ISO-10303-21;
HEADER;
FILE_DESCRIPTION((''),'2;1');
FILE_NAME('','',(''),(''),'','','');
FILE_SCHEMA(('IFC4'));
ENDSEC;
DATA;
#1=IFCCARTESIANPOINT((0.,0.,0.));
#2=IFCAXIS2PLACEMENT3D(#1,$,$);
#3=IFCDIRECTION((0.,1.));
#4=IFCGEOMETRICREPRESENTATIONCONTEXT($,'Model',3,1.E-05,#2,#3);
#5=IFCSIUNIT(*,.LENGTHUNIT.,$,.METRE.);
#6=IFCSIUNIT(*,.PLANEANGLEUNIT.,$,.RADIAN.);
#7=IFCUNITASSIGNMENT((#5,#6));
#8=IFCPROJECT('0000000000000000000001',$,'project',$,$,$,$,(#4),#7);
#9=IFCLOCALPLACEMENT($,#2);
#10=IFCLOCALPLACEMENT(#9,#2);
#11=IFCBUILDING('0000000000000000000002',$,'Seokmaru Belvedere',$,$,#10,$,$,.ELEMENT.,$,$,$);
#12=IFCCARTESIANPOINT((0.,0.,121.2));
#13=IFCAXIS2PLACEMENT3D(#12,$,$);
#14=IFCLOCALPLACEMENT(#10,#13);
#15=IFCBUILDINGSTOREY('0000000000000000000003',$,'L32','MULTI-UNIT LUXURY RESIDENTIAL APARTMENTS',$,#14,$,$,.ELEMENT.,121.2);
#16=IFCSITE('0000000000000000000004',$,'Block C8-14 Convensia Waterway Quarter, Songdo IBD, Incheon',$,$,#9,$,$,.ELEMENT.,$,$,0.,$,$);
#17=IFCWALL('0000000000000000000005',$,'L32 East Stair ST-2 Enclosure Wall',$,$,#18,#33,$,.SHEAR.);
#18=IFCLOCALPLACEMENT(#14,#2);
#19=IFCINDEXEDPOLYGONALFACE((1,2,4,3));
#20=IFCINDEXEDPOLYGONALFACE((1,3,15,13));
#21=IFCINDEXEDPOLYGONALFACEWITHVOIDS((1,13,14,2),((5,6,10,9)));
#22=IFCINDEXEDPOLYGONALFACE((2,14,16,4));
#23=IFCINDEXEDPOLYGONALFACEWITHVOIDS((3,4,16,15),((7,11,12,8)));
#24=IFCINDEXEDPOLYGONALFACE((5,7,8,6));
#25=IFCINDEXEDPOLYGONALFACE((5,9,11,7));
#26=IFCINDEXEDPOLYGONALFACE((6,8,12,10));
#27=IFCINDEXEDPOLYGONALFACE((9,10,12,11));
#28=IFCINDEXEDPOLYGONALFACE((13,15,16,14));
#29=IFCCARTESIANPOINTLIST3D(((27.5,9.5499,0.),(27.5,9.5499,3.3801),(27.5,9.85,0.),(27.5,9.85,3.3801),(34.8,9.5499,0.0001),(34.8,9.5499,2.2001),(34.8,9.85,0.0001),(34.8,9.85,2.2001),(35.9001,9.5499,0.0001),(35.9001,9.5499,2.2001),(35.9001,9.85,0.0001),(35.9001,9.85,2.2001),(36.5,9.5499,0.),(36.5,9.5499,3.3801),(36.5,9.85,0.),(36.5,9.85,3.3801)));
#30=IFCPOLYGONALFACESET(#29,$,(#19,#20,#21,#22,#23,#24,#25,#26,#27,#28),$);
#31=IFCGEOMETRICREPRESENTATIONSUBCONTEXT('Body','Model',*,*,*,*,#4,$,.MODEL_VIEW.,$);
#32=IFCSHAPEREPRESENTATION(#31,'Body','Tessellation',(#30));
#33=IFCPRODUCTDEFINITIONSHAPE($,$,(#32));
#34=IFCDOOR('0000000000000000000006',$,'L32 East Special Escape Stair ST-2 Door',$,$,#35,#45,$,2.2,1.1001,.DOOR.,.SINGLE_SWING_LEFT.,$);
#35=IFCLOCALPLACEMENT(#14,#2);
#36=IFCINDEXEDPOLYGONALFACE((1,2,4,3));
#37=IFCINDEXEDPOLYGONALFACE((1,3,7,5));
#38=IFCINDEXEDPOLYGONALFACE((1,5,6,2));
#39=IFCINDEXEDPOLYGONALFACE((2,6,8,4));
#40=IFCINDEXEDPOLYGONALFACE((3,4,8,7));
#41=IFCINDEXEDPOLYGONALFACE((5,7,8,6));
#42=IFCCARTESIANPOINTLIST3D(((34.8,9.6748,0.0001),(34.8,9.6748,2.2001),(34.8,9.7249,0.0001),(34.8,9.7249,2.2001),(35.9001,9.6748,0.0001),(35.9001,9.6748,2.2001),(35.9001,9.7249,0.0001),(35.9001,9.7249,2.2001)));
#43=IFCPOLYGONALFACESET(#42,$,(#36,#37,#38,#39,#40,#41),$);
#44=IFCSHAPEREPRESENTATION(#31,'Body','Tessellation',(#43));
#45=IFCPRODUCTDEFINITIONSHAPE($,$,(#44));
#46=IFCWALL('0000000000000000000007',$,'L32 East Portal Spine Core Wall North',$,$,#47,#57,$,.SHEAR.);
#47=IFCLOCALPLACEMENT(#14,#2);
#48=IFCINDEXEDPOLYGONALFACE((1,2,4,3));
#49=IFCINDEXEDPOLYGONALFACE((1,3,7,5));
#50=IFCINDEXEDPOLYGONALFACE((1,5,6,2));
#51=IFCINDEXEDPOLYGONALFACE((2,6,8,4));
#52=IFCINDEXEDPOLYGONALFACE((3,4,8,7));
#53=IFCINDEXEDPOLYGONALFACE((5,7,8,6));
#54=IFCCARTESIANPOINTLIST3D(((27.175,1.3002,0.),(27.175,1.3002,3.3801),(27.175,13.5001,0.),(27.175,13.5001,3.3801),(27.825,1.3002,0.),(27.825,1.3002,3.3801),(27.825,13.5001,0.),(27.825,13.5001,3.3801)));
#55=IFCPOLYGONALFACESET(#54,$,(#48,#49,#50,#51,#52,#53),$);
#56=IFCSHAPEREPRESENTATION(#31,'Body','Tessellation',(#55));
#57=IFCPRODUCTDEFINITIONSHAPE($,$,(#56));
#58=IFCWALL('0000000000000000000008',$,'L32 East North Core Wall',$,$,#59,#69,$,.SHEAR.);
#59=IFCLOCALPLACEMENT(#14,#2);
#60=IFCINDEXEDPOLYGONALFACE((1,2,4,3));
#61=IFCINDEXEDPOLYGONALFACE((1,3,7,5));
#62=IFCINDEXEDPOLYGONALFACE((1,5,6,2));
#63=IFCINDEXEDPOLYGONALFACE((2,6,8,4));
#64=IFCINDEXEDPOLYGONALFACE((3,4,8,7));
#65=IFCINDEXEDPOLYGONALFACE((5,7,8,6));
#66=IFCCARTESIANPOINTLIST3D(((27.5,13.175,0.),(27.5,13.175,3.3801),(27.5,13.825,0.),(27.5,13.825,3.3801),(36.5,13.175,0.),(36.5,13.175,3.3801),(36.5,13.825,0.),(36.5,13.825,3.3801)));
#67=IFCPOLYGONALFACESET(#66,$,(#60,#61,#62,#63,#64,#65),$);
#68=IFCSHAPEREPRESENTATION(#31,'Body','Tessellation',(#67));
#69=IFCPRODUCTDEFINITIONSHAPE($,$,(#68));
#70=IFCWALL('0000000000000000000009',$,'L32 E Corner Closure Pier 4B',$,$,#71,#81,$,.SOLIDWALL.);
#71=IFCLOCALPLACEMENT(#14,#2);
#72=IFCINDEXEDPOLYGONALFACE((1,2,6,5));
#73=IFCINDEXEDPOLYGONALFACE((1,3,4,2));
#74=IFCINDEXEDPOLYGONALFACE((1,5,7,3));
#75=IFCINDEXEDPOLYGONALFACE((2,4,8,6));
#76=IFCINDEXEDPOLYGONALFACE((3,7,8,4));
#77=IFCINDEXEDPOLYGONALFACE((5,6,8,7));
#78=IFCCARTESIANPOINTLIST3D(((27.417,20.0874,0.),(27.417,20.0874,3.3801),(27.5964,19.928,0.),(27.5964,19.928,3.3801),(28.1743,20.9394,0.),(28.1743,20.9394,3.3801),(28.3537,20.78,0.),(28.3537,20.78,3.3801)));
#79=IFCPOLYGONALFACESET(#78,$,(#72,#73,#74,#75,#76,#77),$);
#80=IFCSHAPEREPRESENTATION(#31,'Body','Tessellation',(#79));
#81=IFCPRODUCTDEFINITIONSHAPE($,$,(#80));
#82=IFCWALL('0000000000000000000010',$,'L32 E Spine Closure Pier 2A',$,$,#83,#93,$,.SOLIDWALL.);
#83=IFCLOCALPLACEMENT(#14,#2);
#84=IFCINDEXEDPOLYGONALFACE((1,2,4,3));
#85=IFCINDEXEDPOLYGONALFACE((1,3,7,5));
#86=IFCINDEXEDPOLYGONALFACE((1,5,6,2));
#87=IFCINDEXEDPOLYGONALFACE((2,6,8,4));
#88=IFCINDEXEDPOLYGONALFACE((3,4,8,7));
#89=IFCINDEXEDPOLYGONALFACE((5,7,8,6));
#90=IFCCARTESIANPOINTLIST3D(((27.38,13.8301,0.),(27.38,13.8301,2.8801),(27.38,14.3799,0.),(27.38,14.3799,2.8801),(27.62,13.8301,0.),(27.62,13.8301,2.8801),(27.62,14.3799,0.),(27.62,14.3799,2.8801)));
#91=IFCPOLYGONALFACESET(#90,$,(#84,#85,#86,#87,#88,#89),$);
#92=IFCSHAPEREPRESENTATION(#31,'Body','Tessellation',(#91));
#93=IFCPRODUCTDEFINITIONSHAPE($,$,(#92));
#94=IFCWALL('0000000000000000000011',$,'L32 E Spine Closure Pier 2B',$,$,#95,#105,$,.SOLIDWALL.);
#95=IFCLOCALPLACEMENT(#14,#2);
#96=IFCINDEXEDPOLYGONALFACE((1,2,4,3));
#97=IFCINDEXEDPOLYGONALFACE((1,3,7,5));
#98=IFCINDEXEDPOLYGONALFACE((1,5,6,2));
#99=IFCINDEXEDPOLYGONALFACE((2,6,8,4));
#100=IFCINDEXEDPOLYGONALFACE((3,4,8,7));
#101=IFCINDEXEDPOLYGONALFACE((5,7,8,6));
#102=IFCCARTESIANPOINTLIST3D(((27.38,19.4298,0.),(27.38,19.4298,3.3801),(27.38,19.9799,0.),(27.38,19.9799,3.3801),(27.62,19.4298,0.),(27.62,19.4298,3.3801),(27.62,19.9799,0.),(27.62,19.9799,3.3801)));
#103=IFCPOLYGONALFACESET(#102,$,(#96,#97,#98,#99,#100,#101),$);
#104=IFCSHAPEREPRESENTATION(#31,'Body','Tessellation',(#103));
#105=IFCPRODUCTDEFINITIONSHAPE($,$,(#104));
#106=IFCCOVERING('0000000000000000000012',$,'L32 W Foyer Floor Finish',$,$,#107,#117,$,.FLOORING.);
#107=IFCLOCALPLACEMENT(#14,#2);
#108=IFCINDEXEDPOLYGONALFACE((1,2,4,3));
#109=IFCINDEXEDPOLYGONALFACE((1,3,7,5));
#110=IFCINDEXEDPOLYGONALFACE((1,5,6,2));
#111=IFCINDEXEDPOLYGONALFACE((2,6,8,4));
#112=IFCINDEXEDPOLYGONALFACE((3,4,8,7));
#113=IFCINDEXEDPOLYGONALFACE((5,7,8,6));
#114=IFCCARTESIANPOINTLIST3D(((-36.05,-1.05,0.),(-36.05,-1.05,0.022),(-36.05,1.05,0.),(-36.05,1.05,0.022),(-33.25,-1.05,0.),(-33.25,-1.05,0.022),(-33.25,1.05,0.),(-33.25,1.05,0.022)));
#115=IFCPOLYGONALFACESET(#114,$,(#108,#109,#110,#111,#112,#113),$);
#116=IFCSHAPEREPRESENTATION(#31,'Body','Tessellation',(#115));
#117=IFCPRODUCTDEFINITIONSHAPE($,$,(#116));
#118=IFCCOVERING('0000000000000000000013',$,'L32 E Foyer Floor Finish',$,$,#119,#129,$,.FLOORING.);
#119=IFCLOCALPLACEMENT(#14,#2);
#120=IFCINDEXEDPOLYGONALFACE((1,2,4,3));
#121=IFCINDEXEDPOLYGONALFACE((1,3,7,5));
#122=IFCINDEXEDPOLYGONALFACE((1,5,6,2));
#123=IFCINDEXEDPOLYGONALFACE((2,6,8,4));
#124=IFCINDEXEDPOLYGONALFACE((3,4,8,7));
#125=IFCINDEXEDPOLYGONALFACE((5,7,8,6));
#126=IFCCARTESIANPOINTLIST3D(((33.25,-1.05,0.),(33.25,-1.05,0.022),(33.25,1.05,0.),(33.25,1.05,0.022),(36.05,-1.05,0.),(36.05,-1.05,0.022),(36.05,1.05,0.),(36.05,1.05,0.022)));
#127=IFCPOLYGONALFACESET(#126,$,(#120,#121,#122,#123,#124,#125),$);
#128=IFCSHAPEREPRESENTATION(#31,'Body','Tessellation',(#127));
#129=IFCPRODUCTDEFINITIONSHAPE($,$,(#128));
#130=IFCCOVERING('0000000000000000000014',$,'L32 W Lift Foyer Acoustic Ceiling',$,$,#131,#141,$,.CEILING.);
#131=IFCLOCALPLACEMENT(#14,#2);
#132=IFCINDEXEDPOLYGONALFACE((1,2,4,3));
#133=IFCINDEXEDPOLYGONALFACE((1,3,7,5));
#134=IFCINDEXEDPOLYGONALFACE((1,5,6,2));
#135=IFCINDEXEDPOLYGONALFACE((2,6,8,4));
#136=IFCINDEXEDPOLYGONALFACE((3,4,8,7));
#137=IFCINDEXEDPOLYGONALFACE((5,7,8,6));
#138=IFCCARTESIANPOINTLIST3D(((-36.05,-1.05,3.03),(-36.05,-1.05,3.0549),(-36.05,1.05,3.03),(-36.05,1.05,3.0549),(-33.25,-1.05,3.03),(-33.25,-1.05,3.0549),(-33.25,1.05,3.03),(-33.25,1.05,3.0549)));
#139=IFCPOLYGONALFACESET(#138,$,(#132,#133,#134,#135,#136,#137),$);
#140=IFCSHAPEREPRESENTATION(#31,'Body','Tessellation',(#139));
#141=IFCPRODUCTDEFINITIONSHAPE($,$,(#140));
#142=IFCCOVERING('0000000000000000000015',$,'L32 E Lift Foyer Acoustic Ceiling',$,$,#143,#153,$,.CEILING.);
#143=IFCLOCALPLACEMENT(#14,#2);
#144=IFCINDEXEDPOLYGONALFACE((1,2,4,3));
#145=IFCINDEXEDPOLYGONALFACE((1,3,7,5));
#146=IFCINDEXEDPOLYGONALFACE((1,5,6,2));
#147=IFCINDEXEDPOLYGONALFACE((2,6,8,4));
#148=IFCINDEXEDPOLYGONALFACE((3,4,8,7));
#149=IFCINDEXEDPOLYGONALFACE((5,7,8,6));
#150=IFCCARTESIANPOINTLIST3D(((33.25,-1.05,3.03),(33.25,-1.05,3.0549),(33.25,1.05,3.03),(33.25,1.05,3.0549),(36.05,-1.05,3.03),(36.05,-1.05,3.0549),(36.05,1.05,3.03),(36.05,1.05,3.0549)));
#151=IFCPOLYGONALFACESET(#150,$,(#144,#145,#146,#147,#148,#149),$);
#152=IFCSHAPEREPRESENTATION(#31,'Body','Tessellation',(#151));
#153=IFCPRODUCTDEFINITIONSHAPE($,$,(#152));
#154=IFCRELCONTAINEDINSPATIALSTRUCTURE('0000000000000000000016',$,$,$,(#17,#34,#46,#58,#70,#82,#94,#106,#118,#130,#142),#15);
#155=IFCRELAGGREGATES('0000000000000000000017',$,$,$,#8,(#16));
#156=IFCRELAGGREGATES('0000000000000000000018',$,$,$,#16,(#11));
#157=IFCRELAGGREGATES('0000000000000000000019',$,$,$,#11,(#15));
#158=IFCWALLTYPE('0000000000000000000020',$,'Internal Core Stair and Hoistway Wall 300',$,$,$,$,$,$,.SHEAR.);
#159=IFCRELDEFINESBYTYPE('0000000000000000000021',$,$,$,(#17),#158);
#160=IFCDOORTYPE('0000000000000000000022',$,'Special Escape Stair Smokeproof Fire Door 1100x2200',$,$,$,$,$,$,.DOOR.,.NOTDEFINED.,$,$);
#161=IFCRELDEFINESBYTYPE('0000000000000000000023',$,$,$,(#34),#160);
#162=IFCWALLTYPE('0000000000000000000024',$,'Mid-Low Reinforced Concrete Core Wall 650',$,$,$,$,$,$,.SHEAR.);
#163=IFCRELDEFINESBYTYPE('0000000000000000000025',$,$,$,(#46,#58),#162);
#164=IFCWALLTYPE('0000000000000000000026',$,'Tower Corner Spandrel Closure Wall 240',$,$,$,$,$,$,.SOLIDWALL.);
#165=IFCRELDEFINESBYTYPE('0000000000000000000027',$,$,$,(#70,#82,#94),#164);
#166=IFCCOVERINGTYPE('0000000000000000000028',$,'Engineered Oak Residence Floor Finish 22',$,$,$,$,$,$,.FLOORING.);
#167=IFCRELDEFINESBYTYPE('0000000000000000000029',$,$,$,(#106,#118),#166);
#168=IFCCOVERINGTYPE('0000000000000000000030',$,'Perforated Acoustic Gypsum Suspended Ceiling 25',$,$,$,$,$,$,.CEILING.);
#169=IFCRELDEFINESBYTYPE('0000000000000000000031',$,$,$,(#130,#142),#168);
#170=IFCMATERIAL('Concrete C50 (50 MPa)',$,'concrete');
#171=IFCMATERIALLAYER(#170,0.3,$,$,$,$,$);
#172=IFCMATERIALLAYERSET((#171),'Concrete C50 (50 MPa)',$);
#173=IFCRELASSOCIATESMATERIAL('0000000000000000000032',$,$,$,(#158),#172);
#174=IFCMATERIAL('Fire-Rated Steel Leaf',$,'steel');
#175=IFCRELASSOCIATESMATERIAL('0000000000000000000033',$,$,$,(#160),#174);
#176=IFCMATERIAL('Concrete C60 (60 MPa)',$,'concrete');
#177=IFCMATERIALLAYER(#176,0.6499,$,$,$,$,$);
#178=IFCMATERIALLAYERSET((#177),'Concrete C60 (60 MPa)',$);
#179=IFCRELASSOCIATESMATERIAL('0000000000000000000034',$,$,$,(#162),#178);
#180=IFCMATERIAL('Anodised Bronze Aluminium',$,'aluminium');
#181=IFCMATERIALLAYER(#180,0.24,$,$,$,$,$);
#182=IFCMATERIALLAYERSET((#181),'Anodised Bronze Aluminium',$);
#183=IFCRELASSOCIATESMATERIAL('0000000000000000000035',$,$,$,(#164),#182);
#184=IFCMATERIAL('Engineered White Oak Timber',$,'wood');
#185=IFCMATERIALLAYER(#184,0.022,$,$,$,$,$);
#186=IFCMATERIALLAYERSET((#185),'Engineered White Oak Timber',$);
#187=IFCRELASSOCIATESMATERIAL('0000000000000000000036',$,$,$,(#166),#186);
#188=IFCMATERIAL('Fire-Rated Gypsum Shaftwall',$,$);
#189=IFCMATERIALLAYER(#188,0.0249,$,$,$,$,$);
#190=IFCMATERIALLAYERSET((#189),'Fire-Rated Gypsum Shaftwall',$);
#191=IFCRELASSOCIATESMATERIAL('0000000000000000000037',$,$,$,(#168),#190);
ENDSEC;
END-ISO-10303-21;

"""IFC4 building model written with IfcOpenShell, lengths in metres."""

from ifc_helpers import new_model, si_unit, direction, frame, frame_2d, origin, place, context, subcontext, project, spatial, polyline, rectangle, outline, extrude, source, transform, mapped, material, layer, layer_set, type_object, type_shapes, element, fill, save


model = new_model("IFC4")

# Units and contexts
model_context = context("Model", 3, precision=1e-05, world=origin(), true_north=direction((0.0, 1.0)))
body_context = subcontext(model_context, "Body", "Model", "MODEL_VIEW")
ifc_project = project(units=[si_unit("LENGTHUNIT", "METRE"), si_unit("PLANEANGLEUNIT", "RADIAN")], contexts=[model_context])

# Site, building, storey
site_placement = place(None, origin())
site = spatial("IfcSite", under=ifc_project, at=site_placement, Name="Block C8-14 Convensia Waterway Quarter, Songdo IBD, Incheon", CompositionType="ELEMENT", RefElevation=0.0)
building_placement = place(site_placement, origin())
building = spatial("IfcBuilding", under=site, at=building_placement, Name="Seokmaru Belvedere", CompositionType="ELEMENT")
storey_placement = place(building_placement, frame((0.0, 0.0, 121.2)))
storey = spatial("IfcBuildingStorey", under=building, at=storey_placement, Name="L32", Description="MULTI-UNIT LUXURY RESIDENTIAL APARTMENTS", CompositionType="ELEMENT", Elevation=121.2)

# Shared definitions
ifc_material_1 = material(Name="Anodised Bronze Aluminium", Category="aluminium")

# Shared definitions
ifc_material_2 = material(Name="Concrete C50 (50 MPa)", Category="concrete")

# Wall, opening, door
ifc_layer_1 = layer(ifc_material_2, 0.3)
ifc_layer_set_1 = layer_set([ifc_layer_1], Name="Concrete C50 (50 MPa)")
wall_type_1 = type_object("IfcWallType", Name="Internal Core Stair and Hoistway Wall 300", PredefinedType="SHEAR", material=ifc_layer_set_1)
wall_1_placement = place(storey_placement, frame((27.5, 9.7, 0.0), z_axis=(0.0, 0.0, 1.0), x_axis=(1.0, 0.0, 0.0)))
wall_1 = element("IfcWall", 1, at=wall_1_placement, inside=storey, type_object=wall_type_1, Name="L32 East Stair ST-2 Enclosure Wall", PredefinedType="SHEAR", context=body_context, shape_type="SweptSolid", body=[
    extrude(rectangle(XDim=9.0, YDim=0.3, at=frame_2d((4.5, 0.0))), origin(), (0.0, 0.0, 1.0), 3.3801),
])
opening_placement = place(wall_1_placement, frame((7.3, 0.0, 0.0)))
opening = element("IfcOpeningElement", 2, at=opening_placement, cuts=wall_1, PredefinedType="OPENING", context=body_context, shape_type="SweptSolid", body=[
    extrude(rectangle(XDim=1.1001, YDim=2.2, at=frame_2d((0.55, 1.1001))), frame((0.0, 0.1602, 0.0), z_axis=(0.0, -1.0, 0.0), x_axis=(1.0, 0.0, 0.0)), (0.0, 0.0, 1.0), 0.3201),
])
ifc_material_3 = material(Name="Fire-Rated Steel Leaf", Category="steel")
door_type = type_object("IfcDoorType", Name="Special Escape Stair Smokeproof Fire Door 1100x2200", OperationType="NOTDEFINED", PredefinedType="DOOR", material=ifc_material_3)
shared_shape_1 = source(origin(), body_context, "Body", "SweptSolid", [
    extrude(rectangle(XDim=1.1001, YDim=2.2, at=frame_2d((0.55, 1.1001))), frame((0.0, 0.0249, 0.0), z_axis=(0.0, -1.0, 0.0), x_axis=(1.0, 0.0, 0.0)), (0.0, 0.0, 1.0), 0.05),
])
type_shapes(door_type, [shared_shape_1])
door_placement = place(opening_placement, origin())
door = element("IfcDoor", 3, at=door_placement, inside=storey, type_object=door_type, Name="L32 East Special Escape Stair ST-2 Door", OperationType="SINGLE_SWING_LEFT", OverallHeight=2.2, OverallWidth=1.1001, PredefinedType="DOOR", context=body_context, shape_type="MappedRepresentation", body=[
    mapped(shared_shape_1, transform((0.0, 0.0, 0.0), scale=1.0)),
])
fill(opening, door)

# Walls
ifc_material_4 = material(Name="Concrete C60 (60 MPa)", Category="concrete")
ifc_layer_2 = layer(ifc_material_4, 0.6499)
ifc_layer_set_2 = layer_set([ifc_layer_2], Name="Concrete C60 (60 MPa)")
wall_type_2 = type_object("IfcWallType", Name="Mid-Low Reinforced Concrete Core Wall 650", PredefinedType="SHEAR", material=ifc_layer_set_2)
wall_2_placement = place(storey_placement, frame((27.5, 1.3, 0.0), z_axis=(0.0, 0.0, 1.0), x_axis=(0.0, 1.0, 0.0)))
element("IfcWall", 4, at=wall_2_placement, inside=storey, type_object=wall_type_2, Name="L32 East Portal Spine Core Wall North", PredefinedType="SHEAR", context=body_context, shape_type="SweptSolid", body=[
    extrude(rectangle(XDim=12.2, YDim=0.6499, at=frame_2d((6.1001, 0.0))), origin(), (0.0, 0.0, 1.0), 3.3801),
])
wall_3_placement = place(storey_placement, frame((27.5, 13.5, 0.0), z_axis=(0.0, 0.0, 1.0), x_axis=(1.0, 0.0, 0.0)))
element("IfcWall", 5, at=wall_3_placement, inside=storey, type_object=wall_type_2, Name="L32 East North Core Wall", PredefinedType="SHEAR", context=body_context, shape_type="SweptSolid", body=[
    extrude(rectangle(XDim=9.0, YDim=0.6499, at=frame_2d((4.5, 0.0))), origin(), (0.0, 0.0, 1.0), 3.3801),
])
ifc_layer_3 = layer(ifc_material_1, 0.24)
ifc_layer_set_3 = layer_set([ifc_layer_3], Name="Anodised Bronze Aluminium")
wall_type_3 = type_object("IfcWallType", Name="Tower Corner Spandrel Closure Wall 240", PredefinedType="SOLIDWALL", material=ifc_layer_set_3)
wall_4_placement = place(storey_placement, frame((28.2639, 20.8596, 0.0), z_axis=(0.0, 0.0, 1.0), x_axis=(-0.664337, -0.747433, 0.0)))
element("IfcWall", 6, at=wall_4_placement, inside=storey, type_object=wall_type_3, Name="L32 E Corner Closure Pier 4B", PredefinedType="SOLIDWALL", context=body_context, shape_type="SweptSolid", body=[
    extrude(rectangle(XDim=1.1399, YDim=0.24, at=frame_2d((0.5698, 0.0))), origin(), (0.0, 0.0, 1.0), 3.3801),
])
wall_5_placement = place(storey_placement, frame((27.5, 13.8301, 0.0), z_axis=(0.0, 0.0, 1.0), x_axis=(0.0, 1.0, 0.0)))
element("IfcWall", 7, at=wall_5_placement, inside=storey, type_object=wall_type_3, Name="L32 E Spine Closure Pier 2A", PredefinedType="SOLIDWALL", context=body_context, shape_type="SweptSolid", body=[
    extrude(rectangle(XDim=0.5498, YDim=0.24, at=frame_2d((0.2749, 0.0))), origin(), (0.0, 0.0, 1.0), 2.8801),
])
wall_6_placement = place(storey_placement, frame((27.5, 19.4299, 0.0), z_axis=(0.0, 0.0, 1.0), x_axis=(0.0, 1.0, 0.0)))
element("IfcWall", 8, at=wall_6_placement, inside=storey, type_object=wall_type_3, Name="L32 E Spine Closure Pier 2B", PredefinedType="SOLIDWALL", context=body_context, shape_type="SweptSolid", body=[
    extrude(rectangle(XDim=0.55, YDim=0.24, at=frame_2d((0.2749, 0.0))), origin(), (0.0, 0.0, 1.0), 3.3801),
])

# Coverings
ifc_material_5 = material(Name="Engineered White Oak Timber", Category="wood")
ifc_layer_4 = layer(ifc_material_5, 0.022)
ifc_layer_set_4 = layer_set([ifc_layer_4], Name="Engineered White Oak Timber")
covering_type_1 = type_object("IfcCoveringType", Name="Engineered Oak Residence Floor Finish 22", PredefinedType="FLOORING", material=ifc_layer_set_4)
covering_1_placement = place(storey_placement, origin())
element("IfcCovering", 9, at=covering_1_placement, inside=storey, type_object=covering_type_1, Name="L32 W Foyer Floor Finish", PredefinedType="FLOORING", context=body_context, shape_type="SweptSolid", body=[
    extrude(outline(polyline([(-36.05, -1.05), (-33.25, -1.05), (-33.25, 1.05), (-36.05, 1.05), (-36.05, -1.05)])), origin(), (0.0, 0.0, 1.0), 0.022),
])
covering_2_placement = place(storey_placement, origin())
element("IfcCovering", 10, at=covering_2_placement, inside=storey, type_object=covering_type_1, Name="L32 E Foyer Floor Finish", PredefinedType="FLOORING", context=body_context, shape_type="SweptSolid", body=[
    extrude(outline(polyline([(33.25, -1.05), (36.05, -1.05), (36.05, 1.05), (33.25, 1.05), (33.25, -1.05)])), origin(), (0.0, 0.0, 1.0), 0.022),
])
ifc_material_6 = material(Name="Fire-Rated Gypsum Shaftwall")
ifc_layer_5 = layer(ifc_material_6, 0.0249)
ifc_layer_set_5 = layer_set([ifc_layer_5], Name="Fire-Rated Gypsum Shaftwall")
covering_type_2 = type_object("IfcCoveringType", Name="Perforated Acoustic Gypsum Suspended Ceiling 25", PredefinedType="CEILING", material=ifc_layer_set_5)
covering_3_placement = place(storey_placement, frame((0.0, 0.0, 3.03)))
element("IfcCovering", 11, at=covering_3_placement, inside=storey, type_object=covering_type_2, Name="L32 W Lift Foyer Acoustic Ceiling", PredefinedType="CEILING", context=body_context, shape_type="SweptSolid", body=[
    extrude(outline(polyline([(-36.05, -1.05), (-33.25, -1.05), (-33.25, 1.05), (-36.05, 1.05), (-36.05, -1.05)])), origin(), (0.0, 0.0, 1.0), 0.0249),
])
covering_4_placement = place(storey_placement, frame((0.0, 0.0, 3.03)))
element("IfcCovering", 12, at=covering_4_placement, inside=storey, type_object=covering_type_2, Name="L32 E Lift Foyer Acoustic Ceiling", PredefinedType="CEILING", context=body_context, shape_type="SweptSolid", body=[
    extrude(outline(polyline([(33.25, -1.05), (36.05, -1.05), (36.05, 1.05), (33.25, 1.05), (33.25, -1.05)])), origin(), (0.0, 0.0, 1.0), 0.0249),
])

save(model, "model.ifc")
